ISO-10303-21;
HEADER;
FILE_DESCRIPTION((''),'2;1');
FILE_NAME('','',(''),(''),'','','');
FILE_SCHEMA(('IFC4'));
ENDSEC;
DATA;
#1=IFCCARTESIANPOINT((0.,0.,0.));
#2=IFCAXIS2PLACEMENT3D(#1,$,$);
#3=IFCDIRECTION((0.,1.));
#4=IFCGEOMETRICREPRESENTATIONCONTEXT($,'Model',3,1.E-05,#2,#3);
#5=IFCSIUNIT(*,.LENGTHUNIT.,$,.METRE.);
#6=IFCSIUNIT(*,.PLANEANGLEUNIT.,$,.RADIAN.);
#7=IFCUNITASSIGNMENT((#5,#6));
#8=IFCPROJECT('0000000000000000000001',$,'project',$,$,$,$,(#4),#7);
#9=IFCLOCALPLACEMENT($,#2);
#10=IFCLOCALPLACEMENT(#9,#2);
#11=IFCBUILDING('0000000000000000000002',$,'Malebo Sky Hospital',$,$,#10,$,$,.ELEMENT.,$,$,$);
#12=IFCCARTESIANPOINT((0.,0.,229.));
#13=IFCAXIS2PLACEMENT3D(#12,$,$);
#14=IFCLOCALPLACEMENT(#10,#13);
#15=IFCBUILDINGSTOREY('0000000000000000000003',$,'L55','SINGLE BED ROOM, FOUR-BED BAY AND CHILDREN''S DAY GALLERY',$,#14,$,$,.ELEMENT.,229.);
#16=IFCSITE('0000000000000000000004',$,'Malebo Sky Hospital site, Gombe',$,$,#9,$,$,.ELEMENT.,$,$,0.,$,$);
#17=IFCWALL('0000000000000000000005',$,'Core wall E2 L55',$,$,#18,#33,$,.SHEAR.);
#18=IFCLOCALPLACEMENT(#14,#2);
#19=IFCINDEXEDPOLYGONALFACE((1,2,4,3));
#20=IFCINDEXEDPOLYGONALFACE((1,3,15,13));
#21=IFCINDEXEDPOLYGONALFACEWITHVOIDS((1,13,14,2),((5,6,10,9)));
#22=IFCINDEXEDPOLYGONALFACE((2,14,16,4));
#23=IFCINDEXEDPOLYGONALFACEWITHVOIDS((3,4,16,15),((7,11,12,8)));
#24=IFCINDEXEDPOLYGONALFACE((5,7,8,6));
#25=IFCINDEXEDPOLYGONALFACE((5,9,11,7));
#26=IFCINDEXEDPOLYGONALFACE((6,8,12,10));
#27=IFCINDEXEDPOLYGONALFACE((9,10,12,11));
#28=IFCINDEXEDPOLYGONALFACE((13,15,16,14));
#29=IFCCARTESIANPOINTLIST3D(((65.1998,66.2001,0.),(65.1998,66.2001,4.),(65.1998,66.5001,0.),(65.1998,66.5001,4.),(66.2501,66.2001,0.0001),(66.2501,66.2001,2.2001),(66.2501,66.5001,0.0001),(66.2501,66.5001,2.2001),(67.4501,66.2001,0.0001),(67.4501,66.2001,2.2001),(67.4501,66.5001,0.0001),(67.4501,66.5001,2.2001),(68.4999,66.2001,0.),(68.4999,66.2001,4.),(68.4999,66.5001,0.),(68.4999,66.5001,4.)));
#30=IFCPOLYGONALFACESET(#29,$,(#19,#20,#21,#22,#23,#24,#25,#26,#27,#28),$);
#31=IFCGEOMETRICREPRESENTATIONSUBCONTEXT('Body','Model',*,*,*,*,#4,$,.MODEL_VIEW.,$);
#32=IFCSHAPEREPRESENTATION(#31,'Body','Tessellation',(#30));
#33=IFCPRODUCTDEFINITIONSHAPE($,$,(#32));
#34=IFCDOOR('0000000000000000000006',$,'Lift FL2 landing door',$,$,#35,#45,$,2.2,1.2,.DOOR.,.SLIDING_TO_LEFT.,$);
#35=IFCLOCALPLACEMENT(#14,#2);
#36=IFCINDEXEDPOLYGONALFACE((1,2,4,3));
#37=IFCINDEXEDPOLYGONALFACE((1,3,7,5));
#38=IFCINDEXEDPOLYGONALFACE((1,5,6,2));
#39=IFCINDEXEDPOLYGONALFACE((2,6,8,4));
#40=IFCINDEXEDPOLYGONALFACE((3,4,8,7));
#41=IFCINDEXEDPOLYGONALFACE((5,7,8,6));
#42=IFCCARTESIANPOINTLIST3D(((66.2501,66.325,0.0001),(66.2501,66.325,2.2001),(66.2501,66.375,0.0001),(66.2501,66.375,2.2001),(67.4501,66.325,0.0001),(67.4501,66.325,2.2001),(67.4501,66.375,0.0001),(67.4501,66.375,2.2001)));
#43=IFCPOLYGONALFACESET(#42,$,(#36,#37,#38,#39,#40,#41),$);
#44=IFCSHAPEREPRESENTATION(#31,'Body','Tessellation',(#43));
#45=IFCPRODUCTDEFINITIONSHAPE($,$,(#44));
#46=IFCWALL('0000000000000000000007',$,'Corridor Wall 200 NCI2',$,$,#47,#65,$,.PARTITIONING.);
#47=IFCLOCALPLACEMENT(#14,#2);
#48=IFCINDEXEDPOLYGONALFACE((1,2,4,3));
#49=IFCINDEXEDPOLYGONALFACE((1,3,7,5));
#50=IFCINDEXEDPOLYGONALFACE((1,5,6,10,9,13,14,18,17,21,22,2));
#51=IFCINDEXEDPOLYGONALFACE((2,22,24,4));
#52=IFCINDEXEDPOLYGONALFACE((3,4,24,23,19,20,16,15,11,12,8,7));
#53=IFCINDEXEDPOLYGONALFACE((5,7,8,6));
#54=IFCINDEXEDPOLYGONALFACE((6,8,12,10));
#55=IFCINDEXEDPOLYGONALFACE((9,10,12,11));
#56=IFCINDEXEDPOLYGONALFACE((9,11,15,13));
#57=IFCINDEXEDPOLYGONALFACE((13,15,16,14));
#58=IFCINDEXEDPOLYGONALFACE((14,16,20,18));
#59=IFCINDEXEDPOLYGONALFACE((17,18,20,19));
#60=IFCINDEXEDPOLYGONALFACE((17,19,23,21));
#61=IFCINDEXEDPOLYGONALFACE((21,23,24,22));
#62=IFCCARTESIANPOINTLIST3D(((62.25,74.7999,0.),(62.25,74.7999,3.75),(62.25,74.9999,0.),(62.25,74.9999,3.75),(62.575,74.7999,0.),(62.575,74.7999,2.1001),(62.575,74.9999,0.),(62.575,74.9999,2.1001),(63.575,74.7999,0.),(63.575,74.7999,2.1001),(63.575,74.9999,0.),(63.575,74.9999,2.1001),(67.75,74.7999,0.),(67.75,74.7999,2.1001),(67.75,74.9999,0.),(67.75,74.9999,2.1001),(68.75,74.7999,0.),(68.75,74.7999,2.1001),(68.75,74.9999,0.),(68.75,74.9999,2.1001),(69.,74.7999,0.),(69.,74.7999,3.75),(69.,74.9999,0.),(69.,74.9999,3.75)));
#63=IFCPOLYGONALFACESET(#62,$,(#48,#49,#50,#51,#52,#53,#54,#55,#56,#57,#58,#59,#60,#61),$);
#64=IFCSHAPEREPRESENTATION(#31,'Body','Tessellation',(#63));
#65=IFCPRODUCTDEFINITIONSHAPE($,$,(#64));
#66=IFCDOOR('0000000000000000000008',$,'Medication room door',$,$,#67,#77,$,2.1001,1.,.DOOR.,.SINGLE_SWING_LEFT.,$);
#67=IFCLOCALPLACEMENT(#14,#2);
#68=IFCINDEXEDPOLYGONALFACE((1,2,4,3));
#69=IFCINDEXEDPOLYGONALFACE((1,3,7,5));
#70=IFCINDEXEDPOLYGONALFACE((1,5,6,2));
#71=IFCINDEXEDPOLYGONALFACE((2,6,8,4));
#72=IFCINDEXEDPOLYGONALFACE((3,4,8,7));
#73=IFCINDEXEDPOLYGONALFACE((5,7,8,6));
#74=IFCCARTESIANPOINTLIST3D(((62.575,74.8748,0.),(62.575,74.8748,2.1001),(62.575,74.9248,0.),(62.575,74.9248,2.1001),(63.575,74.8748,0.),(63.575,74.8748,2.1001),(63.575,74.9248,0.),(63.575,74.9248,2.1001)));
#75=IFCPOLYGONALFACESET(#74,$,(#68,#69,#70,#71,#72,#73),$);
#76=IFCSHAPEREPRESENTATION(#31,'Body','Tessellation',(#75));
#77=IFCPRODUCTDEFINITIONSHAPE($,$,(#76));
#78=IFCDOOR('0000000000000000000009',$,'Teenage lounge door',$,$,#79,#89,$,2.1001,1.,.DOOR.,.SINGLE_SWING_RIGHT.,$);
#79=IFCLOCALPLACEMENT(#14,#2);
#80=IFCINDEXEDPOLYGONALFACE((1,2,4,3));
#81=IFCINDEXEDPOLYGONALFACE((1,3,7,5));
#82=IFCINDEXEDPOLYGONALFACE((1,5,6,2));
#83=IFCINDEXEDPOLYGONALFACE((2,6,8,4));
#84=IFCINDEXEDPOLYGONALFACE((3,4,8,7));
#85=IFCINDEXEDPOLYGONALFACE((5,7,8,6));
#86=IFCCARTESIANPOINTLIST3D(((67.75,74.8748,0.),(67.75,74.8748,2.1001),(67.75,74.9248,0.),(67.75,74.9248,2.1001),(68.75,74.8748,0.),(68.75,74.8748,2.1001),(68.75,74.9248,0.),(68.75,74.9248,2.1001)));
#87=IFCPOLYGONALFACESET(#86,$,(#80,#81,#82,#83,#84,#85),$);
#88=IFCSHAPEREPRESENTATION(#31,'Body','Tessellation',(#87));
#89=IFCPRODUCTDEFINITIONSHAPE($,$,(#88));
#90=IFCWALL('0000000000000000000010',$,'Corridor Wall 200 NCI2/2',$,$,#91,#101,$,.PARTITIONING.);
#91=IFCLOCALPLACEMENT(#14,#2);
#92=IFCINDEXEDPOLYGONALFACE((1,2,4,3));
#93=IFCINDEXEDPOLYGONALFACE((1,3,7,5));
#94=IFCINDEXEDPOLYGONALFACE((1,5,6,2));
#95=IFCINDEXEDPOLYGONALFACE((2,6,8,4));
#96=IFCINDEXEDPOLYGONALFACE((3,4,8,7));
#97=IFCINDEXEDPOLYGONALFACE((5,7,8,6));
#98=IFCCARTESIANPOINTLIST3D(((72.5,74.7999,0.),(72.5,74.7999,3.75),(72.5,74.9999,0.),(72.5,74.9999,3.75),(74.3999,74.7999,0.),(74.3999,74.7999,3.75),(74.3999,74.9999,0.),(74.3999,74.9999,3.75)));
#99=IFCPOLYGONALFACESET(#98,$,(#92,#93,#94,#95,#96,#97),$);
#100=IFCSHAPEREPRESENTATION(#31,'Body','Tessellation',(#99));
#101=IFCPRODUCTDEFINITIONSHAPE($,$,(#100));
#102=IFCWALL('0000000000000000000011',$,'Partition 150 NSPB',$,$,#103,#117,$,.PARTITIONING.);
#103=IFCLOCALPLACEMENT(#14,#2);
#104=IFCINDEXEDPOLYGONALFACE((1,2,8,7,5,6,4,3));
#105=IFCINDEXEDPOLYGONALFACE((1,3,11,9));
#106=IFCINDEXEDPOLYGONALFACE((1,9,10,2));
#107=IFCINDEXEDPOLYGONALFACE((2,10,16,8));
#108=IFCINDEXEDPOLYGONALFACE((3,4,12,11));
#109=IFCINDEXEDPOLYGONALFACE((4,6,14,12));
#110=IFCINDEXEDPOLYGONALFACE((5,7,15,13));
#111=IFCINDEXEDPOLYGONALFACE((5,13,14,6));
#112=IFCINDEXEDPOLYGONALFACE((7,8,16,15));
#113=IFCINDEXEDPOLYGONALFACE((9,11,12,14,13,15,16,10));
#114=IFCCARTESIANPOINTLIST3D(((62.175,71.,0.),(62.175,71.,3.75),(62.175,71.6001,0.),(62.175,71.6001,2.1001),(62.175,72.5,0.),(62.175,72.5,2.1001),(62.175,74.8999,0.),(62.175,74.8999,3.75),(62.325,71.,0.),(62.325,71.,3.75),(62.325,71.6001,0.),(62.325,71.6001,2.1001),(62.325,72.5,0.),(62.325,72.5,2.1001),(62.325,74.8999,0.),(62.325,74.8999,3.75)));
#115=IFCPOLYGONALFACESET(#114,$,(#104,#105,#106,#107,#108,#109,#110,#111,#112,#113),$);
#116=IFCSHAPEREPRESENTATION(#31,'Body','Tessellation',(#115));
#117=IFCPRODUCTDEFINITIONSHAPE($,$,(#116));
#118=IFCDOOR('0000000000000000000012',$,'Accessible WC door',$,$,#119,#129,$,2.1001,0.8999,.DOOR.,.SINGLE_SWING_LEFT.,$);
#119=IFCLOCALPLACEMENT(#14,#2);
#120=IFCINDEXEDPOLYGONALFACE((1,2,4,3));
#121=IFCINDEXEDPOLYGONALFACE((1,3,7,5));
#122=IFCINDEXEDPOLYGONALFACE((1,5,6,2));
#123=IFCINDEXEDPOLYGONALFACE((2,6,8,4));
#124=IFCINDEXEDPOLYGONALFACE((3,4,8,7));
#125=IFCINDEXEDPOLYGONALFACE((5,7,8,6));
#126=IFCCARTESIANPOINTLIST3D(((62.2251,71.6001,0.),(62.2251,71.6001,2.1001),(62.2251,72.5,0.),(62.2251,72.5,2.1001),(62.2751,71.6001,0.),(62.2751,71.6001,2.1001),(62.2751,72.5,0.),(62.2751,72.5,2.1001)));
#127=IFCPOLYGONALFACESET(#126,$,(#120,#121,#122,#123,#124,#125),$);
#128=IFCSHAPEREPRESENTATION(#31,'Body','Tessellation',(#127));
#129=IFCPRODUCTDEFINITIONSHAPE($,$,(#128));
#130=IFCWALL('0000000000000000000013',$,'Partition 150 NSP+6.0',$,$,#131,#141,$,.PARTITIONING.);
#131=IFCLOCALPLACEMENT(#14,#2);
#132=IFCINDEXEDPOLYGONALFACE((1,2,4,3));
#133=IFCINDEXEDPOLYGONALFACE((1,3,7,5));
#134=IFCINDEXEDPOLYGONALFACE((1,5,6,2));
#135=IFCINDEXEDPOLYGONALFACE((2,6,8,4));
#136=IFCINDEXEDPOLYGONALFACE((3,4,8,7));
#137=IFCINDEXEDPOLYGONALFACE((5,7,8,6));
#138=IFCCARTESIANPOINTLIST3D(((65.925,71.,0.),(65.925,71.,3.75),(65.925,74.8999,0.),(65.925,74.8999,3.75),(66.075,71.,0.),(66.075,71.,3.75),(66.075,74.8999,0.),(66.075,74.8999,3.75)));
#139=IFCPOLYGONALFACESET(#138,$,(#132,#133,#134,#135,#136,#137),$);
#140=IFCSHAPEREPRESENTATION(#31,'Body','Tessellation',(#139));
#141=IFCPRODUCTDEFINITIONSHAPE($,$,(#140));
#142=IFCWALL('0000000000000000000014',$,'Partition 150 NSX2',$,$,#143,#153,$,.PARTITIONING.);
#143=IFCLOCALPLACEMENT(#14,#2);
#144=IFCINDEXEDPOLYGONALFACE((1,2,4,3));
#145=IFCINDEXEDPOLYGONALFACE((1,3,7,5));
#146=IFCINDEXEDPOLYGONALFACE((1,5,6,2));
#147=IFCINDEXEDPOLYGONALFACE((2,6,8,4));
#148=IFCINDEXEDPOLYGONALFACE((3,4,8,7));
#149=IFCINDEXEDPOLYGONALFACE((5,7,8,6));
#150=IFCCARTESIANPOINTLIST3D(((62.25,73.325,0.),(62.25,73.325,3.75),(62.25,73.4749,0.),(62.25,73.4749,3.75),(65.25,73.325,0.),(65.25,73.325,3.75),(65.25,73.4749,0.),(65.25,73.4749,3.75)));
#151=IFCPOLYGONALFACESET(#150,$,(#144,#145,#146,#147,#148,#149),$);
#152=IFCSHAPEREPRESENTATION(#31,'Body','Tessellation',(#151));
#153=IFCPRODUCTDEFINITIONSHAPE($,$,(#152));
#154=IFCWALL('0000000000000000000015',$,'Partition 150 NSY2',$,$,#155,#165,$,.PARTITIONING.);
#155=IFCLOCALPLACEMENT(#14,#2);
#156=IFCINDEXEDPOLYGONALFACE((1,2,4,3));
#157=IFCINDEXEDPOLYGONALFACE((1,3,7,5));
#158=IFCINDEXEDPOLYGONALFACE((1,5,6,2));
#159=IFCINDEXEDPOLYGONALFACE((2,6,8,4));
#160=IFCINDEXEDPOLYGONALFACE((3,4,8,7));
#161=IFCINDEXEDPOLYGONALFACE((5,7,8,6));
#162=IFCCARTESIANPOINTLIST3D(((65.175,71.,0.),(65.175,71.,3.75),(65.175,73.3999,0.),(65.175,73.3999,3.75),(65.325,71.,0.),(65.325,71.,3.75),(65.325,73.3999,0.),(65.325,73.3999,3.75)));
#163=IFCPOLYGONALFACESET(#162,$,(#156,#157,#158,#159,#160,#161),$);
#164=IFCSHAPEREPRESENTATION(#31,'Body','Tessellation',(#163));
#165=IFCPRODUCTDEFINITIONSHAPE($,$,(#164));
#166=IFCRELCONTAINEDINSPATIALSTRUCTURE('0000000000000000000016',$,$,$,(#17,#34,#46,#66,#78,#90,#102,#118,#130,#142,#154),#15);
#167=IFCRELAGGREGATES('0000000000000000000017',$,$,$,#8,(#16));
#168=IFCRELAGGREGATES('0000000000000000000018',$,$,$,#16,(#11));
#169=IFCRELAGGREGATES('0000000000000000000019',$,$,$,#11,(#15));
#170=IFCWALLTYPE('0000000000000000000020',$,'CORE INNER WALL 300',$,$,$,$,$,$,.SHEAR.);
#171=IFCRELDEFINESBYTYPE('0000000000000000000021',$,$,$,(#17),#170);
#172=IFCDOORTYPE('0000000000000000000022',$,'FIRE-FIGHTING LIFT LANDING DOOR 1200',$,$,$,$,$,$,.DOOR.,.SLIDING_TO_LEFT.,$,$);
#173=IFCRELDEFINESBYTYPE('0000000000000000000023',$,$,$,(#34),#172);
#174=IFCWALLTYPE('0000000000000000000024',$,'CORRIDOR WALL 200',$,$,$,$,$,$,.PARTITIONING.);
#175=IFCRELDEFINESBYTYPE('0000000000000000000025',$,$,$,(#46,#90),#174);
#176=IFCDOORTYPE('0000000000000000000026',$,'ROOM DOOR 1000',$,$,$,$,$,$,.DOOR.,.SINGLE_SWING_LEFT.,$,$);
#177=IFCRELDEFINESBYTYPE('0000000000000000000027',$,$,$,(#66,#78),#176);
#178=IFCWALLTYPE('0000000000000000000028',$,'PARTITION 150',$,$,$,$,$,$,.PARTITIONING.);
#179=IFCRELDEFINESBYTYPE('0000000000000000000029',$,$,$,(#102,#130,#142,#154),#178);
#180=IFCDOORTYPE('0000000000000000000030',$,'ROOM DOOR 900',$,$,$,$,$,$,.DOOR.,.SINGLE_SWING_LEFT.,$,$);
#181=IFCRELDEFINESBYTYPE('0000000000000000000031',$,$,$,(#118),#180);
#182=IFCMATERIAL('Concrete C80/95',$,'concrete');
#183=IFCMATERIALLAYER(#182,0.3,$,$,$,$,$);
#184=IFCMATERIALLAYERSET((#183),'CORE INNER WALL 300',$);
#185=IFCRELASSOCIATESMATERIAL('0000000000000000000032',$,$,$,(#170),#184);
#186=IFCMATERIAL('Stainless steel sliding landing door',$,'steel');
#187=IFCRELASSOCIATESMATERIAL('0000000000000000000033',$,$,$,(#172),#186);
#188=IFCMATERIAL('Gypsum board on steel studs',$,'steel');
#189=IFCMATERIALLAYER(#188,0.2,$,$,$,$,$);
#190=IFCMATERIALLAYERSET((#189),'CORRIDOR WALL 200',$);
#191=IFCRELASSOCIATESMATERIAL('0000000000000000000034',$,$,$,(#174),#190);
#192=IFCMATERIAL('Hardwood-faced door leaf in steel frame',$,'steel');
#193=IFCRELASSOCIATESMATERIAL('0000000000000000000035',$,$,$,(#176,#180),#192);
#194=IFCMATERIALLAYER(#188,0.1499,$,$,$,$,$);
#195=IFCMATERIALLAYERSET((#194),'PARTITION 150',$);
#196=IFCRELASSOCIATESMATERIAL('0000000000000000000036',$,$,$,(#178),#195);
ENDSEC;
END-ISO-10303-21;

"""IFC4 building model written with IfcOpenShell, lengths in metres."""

from ifc_helpers import new_model, si_unit, direction, frame, frame_2d, origin, place, context, subcontext, project, spatial, rectangle, extrude, material, layer, layer_set, type_object, element, fill, save


model = new_model("IFC4")

# Units and contexts
model_context = context("Model", 3, precision=1e-05, world=origin(), true_north=direction((0.0, 1.0)))
body_context = subcontext(model_context, "Body", "Model", "MODEL_VIEW")
ifc_project = project(units=[si_unit("LENGTHUNIT", "METRE"), si_unit("PLANEANGLEUNIT", "RADIAN")], contexts=[model_context])

# Site, building, storey
site_placement = place(None, origin())
site = spatial("IfcSite", under=ifc_project, at=site_placement, Name="Malebo Sky Hospital site, Gombe", CompositionType="ELEMENT", RefElevation=0.0)
building_placement = place(site_placement, origin())
building = spatial("IfcBuilding", under=site, at=building_placement, Name="Malebo Sky Hospital", CompositionType="ELEMENT")
storey_placement = place(building_placement, frame((0.0, 0.0, 229.0)))
storey = spatial("IfcBuildingStorey", under=building, at=storey_placement, Name="L55", Description="SINGLE BED ROOM, FOUR-BED BAY AND CHILDREN'S DAY GALLERY", CompositionType="ELEMENT", Elevation=229.0)

# Shared definitions
ifc_material_1 = material(Name="Concrete C80/95", Category="concrete")

# Wall, opening, door
ifc_layer_1 = layer(ifc_material_1, 0.3)
ifc_layer_set_1 = layer_set([ifc_layer_1], Name="CORE INNER WALL 300")
wall_type_1 = type_object("IfcWallType", Name="CORE INNER WALL 300", PredefinedType="SHEAR", material=ifc_layer_set_1)
wall_1_placement = place(storey_placement, frame((65.2, 66.3501, 0.0), z_axis=(0.0, 0.0, 1.0), x_axis=(1.0, 0.0, 0.0)))
wall_1 = element("IfcWall", 1, at=wall_1_placement, inside=storey, type_object=wall_type_1, Name="Core wall E2 L55", PredefinedType="SHEAR", context=body_context, shape_type="SweptSolid", body=[
    extrude(rectangle(XDim=3.3, YDim=0.3, at=frame_2d((1.6499, 0.0))), origin(), (0.0, 0.0, 1.0), 4.0),
])
opening_1_placement = place(wall_1_placement, frame((1.05, 0.0, 0.0)))
opening_1 = element("IfcOpeningElement", 2, at=opening_1_placement, cuts=wall_1, PredefinedType="OPENING", context=body_context, shape_type="SweptSolid", body=[
    extrude(rectangle(XDim=1.2, YDim=2.2, at=frame_2d((0.6001, 1.1001))), frame((0.0, 0.1599, 0.0), z_axis=(0.0, -1.0, 0.0), x_axis=(1.0, 0.0, 0.0)), (0.0, 0.0, 1.0), 0.3201),
])
ifc_material_2 = material(Name="Stainless steel sliding landing door", Category="steel")
door_type_1 = type_object("IfcDoorType", Name="FIRE-FIGHTING LIFT LANDING DOOR 1200", OperationType="SLIDING_TO_LEFT", PredefinedType="DOOR", material=ifc_material_2)
door_1_placement = place(opening_1_placement, origin())
door_1 = element("IfcDoor", 3, at=door_1_placement, inside=storey, type_object=door_type_1, Name="Lift FL2 landing door", OperationType="SLIDING_TO_LEFT", OverallHeight=2.2, OverallWidth=1.2, PredefinedType="DOOR", context=body_context, shape_type="SweptSolid", body=[
    extrude(rectangle(XDim=1.2, YDim=2.2, at=frame_2d((0.6001, 1.1001))), frame((0.0, 0.0249, 0.0), z_axis=(0.0, -1.0, 0.0), x_axis=(1.0, 0.0, 0.0)), (0.0, 0.0, 1.0), 0.05),
])
fill(opening_1, door_1)

# Wall, openings, doors
ifc_material_3 = material(Name="Gypsum board on steel studs", Category="steel")
ifc_layer_2 = layer(ifc_material_3, 0.2)
ifc_layer_set_2 = layer_set([ifc_layer_2], Name="CORRIDOR WALL 200")
wall_type_2 = type_object("IfcWallType", Name="CORRIDOR WALL 200", PredefinedType="PARTITIONING", material=ifc_layer_set_2)
wall_2_placement = place(storey_placement, frame((62.25, 74.8999, 0.0), z_axis=(0.0, 0.0, 1.0), x_axis=(1.0, 0.0, 0.0)))
wall_2 = element("IfcWall", 4, at=wall_2_placement, inside=storey, type_object=wall_type_2, Name="Corridor Wall 200 NCI2", PredefinedType="PARTITIONING", context=body_context, shape_type="SweptSolid", body=[
    extrude(rectangle(XDim=6.75, YDim=0.2, at=frame_2d((3.375, 0.0))), origin(), (0.0, 0.0, 1.0), 3.75),
])
opening_2_placement = place(wall_2_placement, frame((0.325, 0.0, 0.0)))
opening_2 = element("IfcOpeningElement", 5, at=opening_2_placement, cuts=wall_2, PredefinedType="OPENING", context=body_context, shape_type="SweptSolid", body=[
    extrude(rectangle(XDim=1.0, YDim=2.1001, at=frame_2d((0.5, 1.05))), frame((0.0, 0.1099, 0.0), z_axis=(0.0, -1.0, 0.0), x_axis=(1.0, 0.0, 0.0)), (0.0, 0.0, 1.0), 0.22),
])
opening_3_placement = place(wall_2_placement, frame((5.5, 0.0, 0.0)))
opening_3 = element("IfcOpeningElement", 6, at=opening_3_placement, cuts=wall_2, PredefinedType="OPENING", context=body_context, shape_type="SweptSolid", body=[
    extrude(rectangle(XDim=1.0, YDim=2.1001, at=frame_2d((0.5, 1.05))), frame((0.0, 0.1099, 0.0), z_axis=(0.0, -1.0, 0.0), x_axis=(1.0, 0.0, 0.0)), (0.0, 0.0, 1.0), 0.22),
])
ifc_material_4 = material(Name="Hardwood-faced door leaf in steel frame", Category="steel")
door_type_2 = type_object("IfcDoorType", Name="ROOM DOOR 1000", OperationType="SINGLE_SWING_LEFT", PredefinedType="DOOR", material=ifc_material_4)
door_2_placement = place(opening_2_placement, origin())
door_2 = element("IfcDoor", 7, at=door_2_placement, inside=storey, type_object=door_type_2, Name="Medication room door", OperationType="SINGLE_SWING_LEFT", OverallHeight=2.1001, OverallWidth=1.0, PredefinedType="DOOR", context=body_context, shape_type="SweptSolid", body=[
    extrude(rectangle(XDim=1.0, YDim=2.1001, at=frame_2d((0.5, 1.05))), frame((0.0, 0.0249, 0.0), z_axis=(0.0, -1.0, 0.0), x_axis=(1.0, 0.0, 0.0)), (0.0, 0.0, 1.0), 0.05),
])
fill(opening_2, door_2)
door_3_placement = place(opening_3_placement, origin())
door_3 = element("IfcDoor", 8, at=door_3_placement, inside=storey, type_object=door_type_2, Name="Teenage lounge door", OperationType="SINGLE_SWING_RIGHT", OverallHeight=2.1001, OverallWidth=1.0, PredefinedType="DOOR", context=body_context, shape_type="SweptSolid", body=[
    extrude(rectangle(XDim=1.0, YDim=2.1001, at=frame_2d((0.5, 1.05))), frame((0.0, 0.0249, 0.0), z_axis=(0.0, -1.0, 0.0), x_axis=(1.0, 0.0, 0.0)), (0.0, 0.0, 1.0), 0.05),
])
fill(opening_3, door_3)

# Wall
wall_3_placement = place(storey_placement, frame((72.5, 74.8999, 0.0), z_axis=(0.0, 0.0, 1.0), x_axis=(1.0, 0.0, 0.0)))
element("IfcWall", 9, at=wall_3_placement, inside=storey, type_object=wall_type_2, Name="Corridor Wall 200 NCI2/2", PredefinedType="PARTITIONING", context=body_context, shape_type="SweptSolid", body=[
    extrude(rectangle(XDim=1.8999, YDim=0.2, at=frame_2d((0.95, 0.0))), origin(), (0.0, 0.0, 1.0), 3.75),
])

# Wall, opening, door
ifc_layer_3 = layer(ifc_material_3, 0.1499)
ifc_layer_set_3 = layer_set([ifc_layer_3], Name="PARTITION 150")
wall_type_3 = type_object("IfcWallType", Name="PARTITION 150", PredefinedType="PARTITIONING", material=ifc_layer_set_3)
wall_4_placement = place(storey_placement, frame((62.25, 71.0, 0.0), z_axis=(0.0, 0.0, 1.0), x_axis=(0.0, 1.0, 0.0)))
wall_4 = element("IfcWall", 10, at=wall_4_placement, inside=storey, type_object=wall_type_3, Name="Partition 150 NSPB", PredefinedType="PARTITIONING", context=body_context, shape_type="SweptSolid", body=[
    extrude(rectangle(XDim=3.8999, YDim=0.1499, at=frame_2d((1.95, 0.0))), origin(), (0.0, 0.0, 1.0), 3.75),
])
opening_4_placement = place(wall_4_placement, frame((0.6001, 0.0, 0.0)))
opening_4 = element("IfcOpeningElement", 11, at=opening_4_placement, cuts=wall_4, PredefinedType="OPENING", context=body_context, shape_type="SweptSolid", body=[
    extrude(rectangle(XDim=0.8999, YDim=2.1001, at=frame_2d((0.45, 1.05))), frame((0.0, 0.085, 0.0), z_axis=(0.0, -1.0, 0.0), x_axis=(1.0, 0.0, 0.0)), (0.0, 0.0, 1.0), 0.1699),
])
door_type_3 = type_object("IfcDoorType", Name="ROOM DOOR 900", OperationType="SINGLE_SWING_LEFT", PredefinedType="DOOR", material=ifc_material_4)
door_4_placement = place(opening_4_placement, origin())
door_4 = element("IfcDoor", 12, at=door_4_placement, inside=storey, type_object=door_type_3, Name="Accessible WC door", OperationType="SINGLE_SWING_LEFT", OverallHeight=2.1001, OverallWidth=0.8999, PredefinedType="DOOR", context=body_context, shape_type="SweptSolid", body=[
    extrude(rectangle(XDim=0.8999, YDim=2.1001, at=frame_2d((0.45, 1.05))), frame((0.0, 0.0249, 0.0), z_axis=(0.0, -1.0, 0.0), x_axis=(1.0, 0.0, 0.0)), (0.0, 0.0, 1.0), 0.05),
])
fill(opening_4, door_4)

# Walls
wall_5_placement = place(storey_placement, frame((66.0, 71.0, 0.0), z_axis=(0.0, 0.0, 1.0), x_axis=(0.0, 1.0, 0.0)))
element("IfcWall", 13, at=wall_5_placement, inside=storey, type_object=wall_type_3, Name="Partition 150 NSP+6.0", PredefinedType="PARTITIONING", context=body_context, shape_type="SweptSolid", body=[
    extrude(rectangle(XDim=3.8999, YDim=0.1499, at=frame_2d((1.95, 0.0))), origin(), (0.0, 0.0, 1.0), 3.75),
])
wall_6_placement = place(storey_placement, frame((62.25, 73.3999, 0.0), z_axis=(0.0, 0.0, 1.0), x_axis=(1.0, 0.0, 0.0)))
element("IfcWall", 14, at=wall_6_placement, inside=storey, type_object=wall_type_3, Name="Partition 150 NSX2", PredefinedType="PARTITIONING", context=body_context, shape_type="SweptSolid", body=[
    extrude(rectangle(XDim=3.0, YDim=0.1499, at=frame_2d((1.5, 0.0))), origin(), (0.0, 0.0, 1.0), 3.75),
])
wall_7_placement = place(storey_placement, frame((65.25, 71.0, 0.0), z_axis=(0.0, 0.0, 1.0), x_axis=(0.0, 1.0, 0.0)))
element("IfcWall", 15, at=wall_7_placement, inside=storey, type_object=wall_type_3, Name="Partition 150 NSY2", PredefinedType="PARTITIONING", context=body_context, shape_type="SweptSolid", body=[
    extrude(rectangle(XDim=2.3999, YDim=0.1499, at=frame_2d((1.2, 0.0))), origin(), (0.0, 0.0, 1.0), 3.75),
])

save(model, "model.ifc")
